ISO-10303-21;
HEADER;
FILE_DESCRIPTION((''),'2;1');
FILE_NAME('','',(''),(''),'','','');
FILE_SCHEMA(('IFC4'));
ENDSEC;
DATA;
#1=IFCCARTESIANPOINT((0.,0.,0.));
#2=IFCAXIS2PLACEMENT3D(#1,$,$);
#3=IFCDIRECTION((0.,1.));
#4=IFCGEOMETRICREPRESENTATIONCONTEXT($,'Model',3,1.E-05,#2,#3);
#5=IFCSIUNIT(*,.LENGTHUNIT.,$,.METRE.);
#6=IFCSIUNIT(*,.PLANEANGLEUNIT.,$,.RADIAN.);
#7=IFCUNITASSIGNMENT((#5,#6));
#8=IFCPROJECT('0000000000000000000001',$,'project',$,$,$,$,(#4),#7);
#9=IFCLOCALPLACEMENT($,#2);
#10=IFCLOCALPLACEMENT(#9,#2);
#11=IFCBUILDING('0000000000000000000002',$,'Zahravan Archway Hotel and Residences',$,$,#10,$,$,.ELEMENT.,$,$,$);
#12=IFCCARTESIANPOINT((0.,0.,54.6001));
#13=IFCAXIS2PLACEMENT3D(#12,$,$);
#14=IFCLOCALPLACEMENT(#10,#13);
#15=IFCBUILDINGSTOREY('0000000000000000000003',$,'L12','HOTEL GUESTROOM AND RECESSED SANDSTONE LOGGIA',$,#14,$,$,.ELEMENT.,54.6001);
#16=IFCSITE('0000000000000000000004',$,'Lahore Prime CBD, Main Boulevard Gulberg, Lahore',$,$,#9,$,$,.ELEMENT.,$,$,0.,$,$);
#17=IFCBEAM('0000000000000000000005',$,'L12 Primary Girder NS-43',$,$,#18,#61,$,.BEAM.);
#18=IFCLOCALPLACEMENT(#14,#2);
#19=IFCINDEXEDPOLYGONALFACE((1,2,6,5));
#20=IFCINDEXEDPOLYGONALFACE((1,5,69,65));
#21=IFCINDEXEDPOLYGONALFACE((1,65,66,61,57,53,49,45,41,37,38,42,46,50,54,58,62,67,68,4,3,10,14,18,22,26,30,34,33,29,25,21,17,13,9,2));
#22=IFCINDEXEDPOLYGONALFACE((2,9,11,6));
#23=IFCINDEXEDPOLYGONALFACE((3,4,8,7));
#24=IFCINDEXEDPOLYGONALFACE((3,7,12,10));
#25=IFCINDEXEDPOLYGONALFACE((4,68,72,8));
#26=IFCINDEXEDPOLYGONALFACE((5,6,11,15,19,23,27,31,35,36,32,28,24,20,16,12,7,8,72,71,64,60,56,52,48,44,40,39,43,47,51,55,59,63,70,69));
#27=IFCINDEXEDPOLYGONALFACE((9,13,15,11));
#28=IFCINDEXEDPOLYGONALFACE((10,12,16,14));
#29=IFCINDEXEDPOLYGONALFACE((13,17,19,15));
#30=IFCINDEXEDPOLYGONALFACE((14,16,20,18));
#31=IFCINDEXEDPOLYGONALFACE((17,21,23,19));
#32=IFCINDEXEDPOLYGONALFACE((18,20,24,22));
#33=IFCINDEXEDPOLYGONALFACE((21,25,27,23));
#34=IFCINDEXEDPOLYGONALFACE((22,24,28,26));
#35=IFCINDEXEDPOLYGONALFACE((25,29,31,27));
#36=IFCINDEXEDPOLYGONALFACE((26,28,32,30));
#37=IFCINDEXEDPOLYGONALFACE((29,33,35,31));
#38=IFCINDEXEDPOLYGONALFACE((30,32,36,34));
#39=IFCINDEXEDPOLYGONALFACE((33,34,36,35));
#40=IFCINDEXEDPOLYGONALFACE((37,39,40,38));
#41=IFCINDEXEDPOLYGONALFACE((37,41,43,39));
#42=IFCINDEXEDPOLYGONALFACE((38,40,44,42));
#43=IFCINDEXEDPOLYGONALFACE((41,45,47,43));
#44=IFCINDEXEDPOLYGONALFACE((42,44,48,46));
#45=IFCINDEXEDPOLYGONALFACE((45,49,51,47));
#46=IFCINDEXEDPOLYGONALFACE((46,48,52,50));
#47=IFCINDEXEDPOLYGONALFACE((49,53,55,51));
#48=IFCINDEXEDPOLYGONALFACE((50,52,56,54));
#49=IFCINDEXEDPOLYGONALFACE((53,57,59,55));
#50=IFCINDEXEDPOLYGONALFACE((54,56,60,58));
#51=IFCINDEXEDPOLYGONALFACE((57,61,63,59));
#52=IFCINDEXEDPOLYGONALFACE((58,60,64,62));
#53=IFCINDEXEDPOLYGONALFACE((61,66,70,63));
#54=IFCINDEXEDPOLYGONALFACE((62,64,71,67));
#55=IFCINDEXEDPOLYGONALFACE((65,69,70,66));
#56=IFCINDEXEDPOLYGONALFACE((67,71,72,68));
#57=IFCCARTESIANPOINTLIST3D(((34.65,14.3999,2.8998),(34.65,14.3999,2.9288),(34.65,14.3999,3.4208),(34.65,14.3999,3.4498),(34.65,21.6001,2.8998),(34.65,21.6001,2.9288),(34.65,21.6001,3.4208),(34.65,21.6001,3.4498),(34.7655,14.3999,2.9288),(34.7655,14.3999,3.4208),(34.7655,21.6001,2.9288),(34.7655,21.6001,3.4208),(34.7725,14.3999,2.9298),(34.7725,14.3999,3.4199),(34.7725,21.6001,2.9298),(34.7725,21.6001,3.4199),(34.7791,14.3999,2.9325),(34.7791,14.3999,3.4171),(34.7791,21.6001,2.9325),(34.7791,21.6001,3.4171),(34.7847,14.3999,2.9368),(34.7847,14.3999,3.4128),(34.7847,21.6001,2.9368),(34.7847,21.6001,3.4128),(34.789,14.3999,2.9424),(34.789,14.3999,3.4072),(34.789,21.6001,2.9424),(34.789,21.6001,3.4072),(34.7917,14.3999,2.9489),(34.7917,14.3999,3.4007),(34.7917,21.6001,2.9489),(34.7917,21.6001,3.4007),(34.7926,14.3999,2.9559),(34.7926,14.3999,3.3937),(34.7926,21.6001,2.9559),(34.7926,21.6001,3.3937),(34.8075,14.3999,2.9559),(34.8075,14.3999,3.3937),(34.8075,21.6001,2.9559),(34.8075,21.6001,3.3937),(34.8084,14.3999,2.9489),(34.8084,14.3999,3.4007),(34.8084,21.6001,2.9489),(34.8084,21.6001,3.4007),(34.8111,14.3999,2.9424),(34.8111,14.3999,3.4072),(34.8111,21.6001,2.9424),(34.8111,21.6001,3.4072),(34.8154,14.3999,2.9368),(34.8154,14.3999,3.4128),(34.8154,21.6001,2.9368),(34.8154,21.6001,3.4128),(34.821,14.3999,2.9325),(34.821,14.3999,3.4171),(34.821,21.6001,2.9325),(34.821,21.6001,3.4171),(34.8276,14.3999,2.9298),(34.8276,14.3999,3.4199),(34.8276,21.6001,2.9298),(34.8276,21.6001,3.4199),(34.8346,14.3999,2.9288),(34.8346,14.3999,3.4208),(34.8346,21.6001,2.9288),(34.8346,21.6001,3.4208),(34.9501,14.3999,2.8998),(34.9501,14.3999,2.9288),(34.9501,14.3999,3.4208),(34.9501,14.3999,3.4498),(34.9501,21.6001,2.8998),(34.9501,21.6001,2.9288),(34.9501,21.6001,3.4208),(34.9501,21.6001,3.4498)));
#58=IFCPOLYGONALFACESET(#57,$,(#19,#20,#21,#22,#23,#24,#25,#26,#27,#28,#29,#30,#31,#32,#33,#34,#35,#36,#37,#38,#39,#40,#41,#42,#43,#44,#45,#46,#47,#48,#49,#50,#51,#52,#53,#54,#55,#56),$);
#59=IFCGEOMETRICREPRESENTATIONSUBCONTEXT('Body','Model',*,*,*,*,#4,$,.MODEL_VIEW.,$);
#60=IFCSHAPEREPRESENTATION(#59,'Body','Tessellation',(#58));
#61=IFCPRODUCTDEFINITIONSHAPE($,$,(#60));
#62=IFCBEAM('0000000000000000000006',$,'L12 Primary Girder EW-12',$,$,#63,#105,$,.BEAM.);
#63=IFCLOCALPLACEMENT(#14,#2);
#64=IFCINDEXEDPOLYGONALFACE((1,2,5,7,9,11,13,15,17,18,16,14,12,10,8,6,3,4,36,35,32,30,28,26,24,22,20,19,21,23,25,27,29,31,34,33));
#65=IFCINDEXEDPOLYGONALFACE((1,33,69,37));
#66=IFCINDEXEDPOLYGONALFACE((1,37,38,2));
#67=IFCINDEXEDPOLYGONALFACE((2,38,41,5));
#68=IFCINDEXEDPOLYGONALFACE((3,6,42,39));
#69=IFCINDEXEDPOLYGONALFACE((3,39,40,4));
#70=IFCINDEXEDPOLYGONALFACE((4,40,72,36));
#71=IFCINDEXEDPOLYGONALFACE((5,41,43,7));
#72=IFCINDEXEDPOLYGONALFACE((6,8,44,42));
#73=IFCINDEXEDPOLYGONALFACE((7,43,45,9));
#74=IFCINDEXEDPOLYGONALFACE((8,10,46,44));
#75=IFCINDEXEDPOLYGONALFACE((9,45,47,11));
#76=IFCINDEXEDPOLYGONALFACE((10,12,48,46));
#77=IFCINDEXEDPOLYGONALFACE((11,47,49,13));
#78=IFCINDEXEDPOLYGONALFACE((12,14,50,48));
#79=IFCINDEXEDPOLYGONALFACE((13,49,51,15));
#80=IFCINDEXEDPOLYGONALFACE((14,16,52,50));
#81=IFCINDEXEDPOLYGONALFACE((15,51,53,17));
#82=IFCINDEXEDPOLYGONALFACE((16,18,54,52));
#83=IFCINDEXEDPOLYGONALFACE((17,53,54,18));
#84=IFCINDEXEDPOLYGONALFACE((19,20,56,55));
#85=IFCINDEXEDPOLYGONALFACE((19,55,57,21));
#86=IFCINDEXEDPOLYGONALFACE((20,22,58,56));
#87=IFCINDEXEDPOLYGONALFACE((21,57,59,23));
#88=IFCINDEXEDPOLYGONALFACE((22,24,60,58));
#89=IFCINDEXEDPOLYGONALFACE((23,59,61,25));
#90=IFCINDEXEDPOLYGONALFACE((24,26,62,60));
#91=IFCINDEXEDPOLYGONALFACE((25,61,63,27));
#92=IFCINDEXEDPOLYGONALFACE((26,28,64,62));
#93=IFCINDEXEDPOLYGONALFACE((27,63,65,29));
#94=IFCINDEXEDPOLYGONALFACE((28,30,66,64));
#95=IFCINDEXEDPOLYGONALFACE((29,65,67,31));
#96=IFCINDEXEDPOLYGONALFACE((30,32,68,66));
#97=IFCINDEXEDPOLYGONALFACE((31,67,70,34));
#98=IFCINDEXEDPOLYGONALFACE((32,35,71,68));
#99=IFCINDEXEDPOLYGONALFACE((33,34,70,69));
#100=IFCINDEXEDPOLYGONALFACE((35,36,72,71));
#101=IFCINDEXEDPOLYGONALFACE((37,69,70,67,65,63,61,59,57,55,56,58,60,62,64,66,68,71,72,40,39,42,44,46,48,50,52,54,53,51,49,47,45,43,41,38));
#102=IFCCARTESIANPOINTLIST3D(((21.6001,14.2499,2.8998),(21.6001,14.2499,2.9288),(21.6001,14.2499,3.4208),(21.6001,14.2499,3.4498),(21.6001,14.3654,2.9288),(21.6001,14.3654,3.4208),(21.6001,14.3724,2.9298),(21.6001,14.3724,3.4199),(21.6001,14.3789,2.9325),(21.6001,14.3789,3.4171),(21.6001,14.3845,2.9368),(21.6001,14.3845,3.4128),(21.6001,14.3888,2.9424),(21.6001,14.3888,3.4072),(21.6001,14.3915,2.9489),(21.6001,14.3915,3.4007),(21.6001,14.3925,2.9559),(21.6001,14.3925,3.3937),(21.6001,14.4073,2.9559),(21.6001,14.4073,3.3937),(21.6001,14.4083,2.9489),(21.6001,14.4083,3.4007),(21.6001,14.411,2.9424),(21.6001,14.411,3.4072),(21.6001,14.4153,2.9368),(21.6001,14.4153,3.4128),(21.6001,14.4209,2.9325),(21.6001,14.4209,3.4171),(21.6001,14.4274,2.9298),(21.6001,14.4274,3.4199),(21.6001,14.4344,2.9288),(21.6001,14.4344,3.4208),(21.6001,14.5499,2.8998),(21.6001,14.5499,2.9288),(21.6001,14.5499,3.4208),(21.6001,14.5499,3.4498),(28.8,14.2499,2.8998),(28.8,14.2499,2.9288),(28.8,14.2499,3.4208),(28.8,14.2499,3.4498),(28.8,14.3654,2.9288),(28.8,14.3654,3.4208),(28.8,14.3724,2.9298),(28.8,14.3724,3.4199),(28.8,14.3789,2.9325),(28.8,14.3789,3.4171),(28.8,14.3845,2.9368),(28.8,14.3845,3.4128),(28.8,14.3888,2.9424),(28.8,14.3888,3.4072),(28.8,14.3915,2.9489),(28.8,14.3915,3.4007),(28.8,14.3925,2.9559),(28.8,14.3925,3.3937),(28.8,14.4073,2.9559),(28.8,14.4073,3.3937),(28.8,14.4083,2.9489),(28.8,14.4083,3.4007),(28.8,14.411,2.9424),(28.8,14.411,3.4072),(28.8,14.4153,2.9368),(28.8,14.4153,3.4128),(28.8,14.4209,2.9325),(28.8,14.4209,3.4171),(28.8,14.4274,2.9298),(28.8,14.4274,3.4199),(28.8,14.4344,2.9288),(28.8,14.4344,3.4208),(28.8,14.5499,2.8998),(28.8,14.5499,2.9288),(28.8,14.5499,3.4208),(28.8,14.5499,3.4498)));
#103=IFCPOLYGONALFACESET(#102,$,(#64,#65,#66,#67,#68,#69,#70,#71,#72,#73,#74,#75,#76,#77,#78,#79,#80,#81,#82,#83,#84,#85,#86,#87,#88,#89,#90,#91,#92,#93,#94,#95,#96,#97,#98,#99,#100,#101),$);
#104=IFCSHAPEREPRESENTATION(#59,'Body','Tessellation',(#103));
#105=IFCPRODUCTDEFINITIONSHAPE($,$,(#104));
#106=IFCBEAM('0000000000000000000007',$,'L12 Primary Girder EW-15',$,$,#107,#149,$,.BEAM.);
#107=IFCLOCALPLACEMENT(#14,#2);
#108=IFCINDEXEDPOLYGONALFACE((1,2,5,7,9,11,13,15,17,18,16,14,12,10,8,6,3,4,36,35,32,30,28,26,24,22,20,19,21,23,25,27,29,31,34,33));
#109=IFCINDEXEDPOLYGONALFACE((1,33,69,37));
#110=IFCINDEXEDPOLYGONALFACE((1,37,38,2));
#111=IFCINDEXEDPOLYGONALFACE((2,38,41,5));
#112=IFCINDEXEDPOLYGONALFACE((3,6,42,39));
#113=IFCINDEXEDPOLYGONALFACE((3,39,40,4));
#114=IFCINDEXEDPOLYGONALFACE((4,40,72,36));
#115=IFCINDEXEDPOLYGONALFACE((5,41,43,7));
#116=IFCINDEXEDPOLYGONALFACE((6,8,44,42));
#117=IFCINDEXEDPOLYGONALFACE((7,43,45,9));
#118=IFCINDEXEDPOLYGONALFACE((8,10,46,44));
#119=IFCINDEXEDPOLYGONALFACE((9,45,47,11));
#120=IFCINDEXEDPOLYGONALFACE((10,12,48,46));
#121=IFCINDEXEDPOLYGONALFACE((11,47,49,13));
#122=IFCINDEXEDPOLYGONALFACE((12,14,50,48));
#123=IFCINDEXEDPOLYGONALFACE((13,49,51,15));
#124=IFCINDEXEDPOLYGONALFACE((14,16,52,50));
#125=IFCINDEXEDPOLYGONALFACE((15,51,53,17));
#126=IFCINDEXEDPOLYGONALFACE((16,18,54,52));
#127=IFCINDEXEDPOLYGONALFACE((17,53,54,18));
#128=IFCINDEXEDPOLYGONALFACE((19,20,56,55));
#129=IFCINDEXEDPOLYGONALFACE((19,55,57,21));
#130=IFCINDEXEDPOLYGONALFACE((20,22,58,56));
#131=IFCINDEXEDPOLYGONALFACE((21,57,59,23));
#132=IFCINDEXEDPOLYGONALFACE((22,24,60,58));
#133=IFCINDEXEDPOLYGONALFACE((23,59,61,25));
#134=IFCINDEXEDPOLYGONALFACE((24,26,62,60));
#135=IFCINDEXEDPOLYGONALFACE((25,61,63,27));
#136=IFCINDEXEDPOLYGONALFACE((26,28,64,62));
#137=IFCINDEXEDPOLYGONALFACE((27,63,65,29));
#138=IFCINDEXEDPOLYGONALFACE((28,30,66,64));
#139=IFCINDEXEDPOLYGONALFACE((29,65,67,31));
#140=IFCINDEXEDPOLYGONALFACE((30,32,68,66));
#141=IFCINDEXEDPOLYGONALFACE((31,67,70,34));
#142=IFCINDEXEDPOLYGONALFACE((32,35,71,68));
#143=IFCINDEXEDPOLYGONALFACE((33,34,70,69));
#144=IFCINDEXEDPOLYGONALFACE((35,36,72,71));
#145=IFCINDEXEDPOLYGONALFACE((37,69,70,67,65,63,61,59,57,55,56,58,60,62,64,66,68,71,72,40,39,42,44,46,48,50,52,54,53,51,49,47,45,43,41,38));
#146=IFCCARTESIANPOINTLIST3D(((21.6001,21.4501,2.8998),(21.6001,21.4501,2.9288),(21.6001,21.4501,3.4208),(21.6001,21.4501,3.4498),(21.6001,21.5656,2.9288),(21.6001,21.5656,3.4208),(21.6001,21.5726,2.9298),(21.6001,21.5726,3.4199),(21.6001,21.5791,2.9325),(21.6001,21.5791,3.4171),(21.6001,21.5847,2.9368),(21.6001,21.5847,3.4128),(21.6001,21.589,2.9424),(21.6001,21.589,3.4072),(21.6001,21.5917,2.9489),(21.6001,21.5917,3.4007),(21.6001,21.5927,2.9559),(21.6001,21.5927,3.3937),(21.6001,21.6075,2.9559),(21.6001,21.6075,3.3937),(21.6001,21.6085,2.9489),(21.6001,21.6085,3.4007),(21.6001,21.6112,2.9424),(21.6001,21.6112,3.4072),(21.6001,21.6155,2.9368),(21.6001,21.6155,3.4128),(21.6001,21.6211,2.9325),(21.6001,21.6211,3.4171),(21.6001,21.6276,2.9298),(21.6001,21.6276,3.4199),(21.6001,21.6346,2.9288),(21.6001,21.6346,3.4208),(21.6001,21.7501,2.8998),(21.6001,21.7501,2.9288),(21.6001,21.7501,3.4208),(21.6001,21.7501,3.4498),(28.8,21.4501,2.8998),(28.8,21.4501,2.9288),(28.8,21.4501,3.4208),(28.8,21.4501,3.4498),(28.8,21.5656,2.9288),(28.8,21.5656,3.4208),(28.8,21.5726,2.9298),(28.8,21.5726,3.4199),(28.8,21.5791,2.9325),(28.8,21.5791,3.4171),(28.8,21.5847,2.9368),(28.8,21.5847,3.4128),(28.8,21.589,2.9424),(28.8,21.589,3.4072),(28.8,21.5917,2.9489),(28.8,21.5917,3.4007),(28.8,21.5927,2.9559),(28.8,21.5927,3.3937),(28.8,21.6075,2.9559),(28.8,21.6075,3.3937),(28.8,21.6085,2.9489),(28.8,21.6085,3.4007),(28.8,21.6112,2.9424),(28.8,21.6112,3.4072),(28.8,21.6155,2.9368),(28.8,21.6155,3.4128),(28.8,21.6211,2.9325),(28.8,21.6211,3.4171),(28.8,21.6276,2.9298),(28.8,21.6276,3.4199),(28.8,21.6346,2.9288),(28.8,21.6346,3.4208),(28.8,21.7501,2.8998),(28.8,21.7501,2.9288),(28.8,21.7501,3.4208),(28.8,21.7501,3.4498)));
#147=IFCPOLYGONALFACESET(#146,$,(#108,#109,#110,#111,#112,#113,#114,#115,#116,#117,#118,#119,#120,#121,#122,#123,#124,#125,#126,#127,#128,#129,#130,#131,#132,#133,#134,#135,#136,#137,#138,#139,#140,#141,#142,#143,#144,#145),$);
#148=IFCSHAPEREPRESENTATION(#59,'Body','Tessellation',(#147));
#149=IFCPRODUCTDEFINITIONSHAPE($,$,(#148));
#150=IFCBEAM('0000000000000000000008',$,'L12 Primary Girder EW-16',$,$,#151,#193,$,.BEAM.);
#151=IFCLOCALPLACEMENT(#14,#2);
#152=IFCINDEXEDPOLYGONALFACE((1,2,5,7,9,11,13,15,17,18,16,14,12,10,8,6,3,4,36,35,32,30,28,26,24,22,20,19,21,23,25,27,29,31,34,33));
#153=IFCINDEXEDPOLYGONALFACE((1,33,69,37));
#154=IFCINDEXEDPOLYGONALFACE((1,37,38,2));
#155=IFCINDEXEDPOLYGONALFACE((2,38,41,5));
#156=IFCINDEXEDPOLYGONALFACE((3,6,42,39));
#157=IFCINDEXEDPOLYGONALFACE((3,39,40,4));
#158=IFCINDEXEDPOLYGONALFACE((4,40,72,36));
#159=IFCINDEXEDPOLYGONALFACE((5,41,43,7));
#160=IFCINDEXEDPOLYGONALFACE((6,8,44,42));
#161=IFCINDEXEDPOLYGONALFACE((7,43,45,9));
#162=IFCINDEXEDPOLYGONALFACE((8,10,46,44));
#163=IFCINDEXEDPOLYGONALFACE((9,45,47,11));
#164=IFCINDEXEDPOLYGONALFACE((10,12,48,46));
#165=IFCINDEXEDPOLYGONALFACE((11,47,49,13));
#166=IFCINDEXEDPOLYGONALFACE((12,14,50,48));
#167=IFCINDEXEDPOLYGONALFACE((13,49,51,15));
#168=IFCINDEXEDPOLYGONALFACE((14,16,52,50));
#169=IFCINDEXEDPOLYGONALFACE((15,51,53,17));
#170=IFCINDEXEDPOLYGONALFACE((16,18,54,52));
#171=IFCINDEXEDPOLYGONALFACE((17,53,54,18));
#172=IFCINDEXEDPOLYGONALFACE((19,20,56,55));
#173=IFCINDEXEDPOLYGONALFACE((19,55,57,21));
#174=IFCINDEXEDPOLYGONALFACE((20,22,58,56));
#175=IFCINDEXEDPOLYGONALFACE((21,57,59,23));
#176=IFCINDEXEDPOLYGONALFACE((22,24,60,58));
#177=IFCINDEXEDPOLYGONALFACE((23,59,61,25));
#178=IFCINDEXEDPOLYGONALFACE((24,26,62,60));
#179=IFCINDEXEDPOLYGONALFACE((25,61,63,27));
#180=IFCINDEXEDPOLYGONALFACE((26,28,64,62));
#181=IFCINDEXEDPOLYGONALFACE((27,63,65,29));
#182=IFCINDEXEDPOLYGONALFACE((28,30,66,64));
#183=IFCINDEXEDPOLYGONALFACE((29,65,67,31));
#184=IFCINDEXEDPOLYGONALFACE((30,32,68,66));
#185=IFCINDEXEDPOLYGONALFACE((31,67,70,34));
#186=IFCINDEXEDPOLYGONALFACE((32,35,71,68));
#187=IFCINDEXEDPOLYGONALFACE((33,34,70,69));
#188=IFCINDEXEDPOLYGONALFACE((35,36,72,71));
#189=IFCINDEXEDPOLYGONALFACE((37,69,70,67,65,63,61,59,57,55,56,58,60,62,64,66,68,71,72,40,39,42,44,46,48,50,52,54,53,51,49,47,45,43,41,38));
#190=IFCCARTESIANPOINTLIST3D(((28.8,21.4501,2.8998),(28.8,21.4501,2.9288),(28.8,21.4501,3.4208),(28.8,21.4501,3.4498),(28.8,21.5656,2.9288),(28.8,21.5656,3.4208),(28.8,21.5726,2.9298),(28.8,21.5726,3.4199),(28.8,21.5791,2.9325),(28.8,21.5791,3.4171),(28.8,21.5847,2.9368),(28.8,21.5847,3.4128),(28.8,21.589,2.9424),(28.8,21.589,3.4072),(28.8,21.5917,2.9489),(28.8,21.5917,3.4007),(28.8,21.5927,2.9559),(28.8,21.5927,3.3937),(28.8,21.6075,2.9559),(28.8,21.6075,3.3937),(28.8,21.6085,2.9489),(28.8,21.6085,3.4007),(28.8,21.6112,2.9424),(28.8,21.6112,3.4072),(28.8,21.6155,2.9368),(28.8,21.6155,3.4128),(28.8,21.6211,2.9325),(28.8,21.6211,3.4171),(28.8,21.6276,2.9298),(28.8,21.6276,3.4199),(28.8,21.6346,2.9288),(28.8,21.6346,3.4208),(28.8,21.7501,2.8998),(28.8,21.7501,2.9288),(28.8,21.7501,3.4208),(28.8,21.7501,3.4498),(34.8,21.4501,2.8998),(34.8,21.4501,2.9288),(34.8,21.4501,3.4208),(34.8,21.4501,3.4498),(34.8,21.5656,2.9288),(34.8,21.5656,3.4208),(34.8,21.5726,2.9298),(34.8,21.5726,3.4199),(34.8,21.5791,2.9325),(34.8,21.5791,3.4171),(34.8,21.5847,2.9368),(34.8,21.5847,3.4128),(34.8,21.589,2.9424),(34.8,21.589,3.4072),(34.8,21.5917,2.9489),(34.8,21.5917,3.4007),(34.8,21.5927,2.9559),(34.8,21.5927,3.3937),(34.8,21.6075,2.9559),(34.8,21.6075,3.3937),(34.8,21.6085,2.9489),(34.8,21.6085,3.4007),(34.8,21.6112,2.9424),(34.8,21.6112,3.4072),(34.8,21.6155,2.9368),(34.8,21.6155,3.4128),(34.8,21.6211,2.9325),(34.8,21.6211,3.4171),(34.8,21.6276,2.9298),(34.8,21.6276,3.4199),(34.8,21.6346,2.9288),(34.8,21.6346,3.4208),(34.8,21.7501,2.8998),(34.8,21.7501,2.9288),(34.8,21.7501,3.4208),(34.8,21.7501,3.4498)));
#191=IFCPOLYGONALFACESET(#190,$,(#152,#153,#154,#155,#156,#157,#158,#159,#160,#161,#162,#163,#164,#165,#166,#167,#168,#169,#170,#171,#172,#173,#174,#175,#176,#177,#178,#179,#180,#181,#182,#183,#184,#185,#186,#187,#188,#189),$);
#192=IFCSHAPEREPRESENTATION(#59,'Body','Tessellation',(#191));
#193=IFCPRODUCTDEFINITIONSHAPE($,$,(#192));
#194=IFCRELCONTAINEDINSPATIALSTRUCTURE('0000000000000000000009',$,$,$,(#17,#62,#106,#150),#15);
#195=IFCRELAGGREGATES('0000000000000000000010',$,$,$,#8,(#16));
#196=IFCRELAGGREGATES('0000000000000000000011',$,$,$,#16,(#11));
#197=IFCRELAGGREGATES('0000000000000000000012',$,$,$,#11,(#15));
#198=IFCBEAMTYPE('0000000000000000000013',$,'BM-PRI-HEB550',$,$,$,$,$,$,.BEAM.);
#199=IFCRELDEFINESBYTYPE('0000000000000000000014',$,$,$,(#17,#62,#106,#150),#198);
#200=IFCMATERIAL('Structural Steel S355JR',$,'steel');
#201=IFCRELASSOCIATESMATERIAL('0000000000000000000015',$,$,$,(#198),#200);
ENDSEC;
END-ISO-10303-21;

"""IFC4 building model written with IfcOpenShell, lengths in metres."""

from ifc_helpers import new_model, si_unit, direction, frame, origin, origin_2d, place, context, subcontext, project, spatial, i_section, extrude, source, transform, mapped, material, material_profile, profile_set, type_object, type_shapes, element, save


model = new_model("IFC4")

# Units and contexts
model_context = context("Model", 3, precision=1e-05, world=origin(), true_north=direction((0.0, 1.0)))
body_context = subcontext(model_context, "Body", "Model", "MODEL_VIEW")
ifc_project = project(units=[si_unit("LENGTHUNIT", "METRE"), si_unit("PLANEANGLEUNIT", "RADIAN")], contexts=[model_context])

# Site, building, storey
site_placement = place(None, origin())
site = spatial("IfcSite", under=ifc_project, at=site_placement, Name="Lahore Prime CBD, Main Boulevard Gulberg, Lahore", CompositionType="ELEMENT", RefElevation=0.0)
building_placement = place(site_placement, origin())
building = spatial("IfcBuilding", under=site, at=building_placement, Name="Zahravan Archway Hotel and Residences", CompositionType="ELEMENT")
storey_placement = place(building_placement, frame((0.0, 0.0, 54.6001)))
storey = spatial("IfcBuildingStorey", under=building, at=storey_placement, Name="L12", Description="HOTEL GUESTROOM AND RECESSED SANDSTONE LOGGIA", CompositionType="ELEMENT", Elevation=54.6001)

# Beams
ifc_material_1 = material(Name="Structural Steel S355JR", Category="steel")
ifc_material_profile_1 = material_profile(ifc_material_1, i_section(OverallWidth=0.3, OverallDepth=0.55, WebThickness=0.0149, FlangeThickness=0.0291, FilletRadius=0.0271, at=origin_2d()), Name="HEB 550", Category="steel")
ifc_profile_set_1 = profile_set([ifc_material_profile_1], Name="Structural Steel S355JR")
beam_type_1 = type_object("IfcBeamType", Name="BM-PRI-HEB550", PredefinedType="BEAM", material=ifc_profile_set_1)
shared_shape_1 = source(origin(), body_context, "Body", "SweptSolid", [
    extrude(i_section(OverallWidth=0.3, OverallDepth=0.55, WebThickness=0.0149, FlangeThickness=0.0291, FilletRadius=0.0271, at=origin_2d()), origin(), (0.0, 0.0, 1.0), 7.2002),
])
type_shapes(beam_type_1, [shared_shape_1])
for number, where, z_axis, x_axis, name in (
    (1, (34.8, 14.3999, 3.1748), (0.0, 1.0, 0.0), (-1.0, 0.0, 0.0), "L12 Primary Girder NS-43"),
):
    element("IfcBeam", number, at=place(storey_placement, frame(where, z_axis=z_axis, x_axis=x_axis)), inside=storey, type_object=beam_type_1, Name=name, PredefinedType="BEAM", context=body_context, shape_type="MappedRepresentation", body=[
        mapped(shared_shape_1, transform((0.0, 0.0, 0.0), scale=1.0)),
    ])
shared_shape_2 = source(origin(), body_context, "Body", "SweptSolid", [
    extrude(i_section(OverallWidth=0.3, OverallDepth=0.55, WebThickness=0.0149, FlangeThickness=0.0291, FilletRadius=0.0271, at=origin_2d()), origin(), (0.0, 0.0, 1.0), 7.2),
])
for number, where, z_axis, x_axis, name in (
    (2, (21.6001, 14.3999, 3.1748), (1.0, 0.0, 0.0), (0.0, 1.0, 0.0), "L12 Primary Girder EW-12"),
    (3, (21.6001, 21.6001, 3.1748), (1.0, 0.0, 0.0), (0.0, 1.0, 0.0), "L12 Primary Girder EW-15"),
):
    element("IfcBeam", number, at=place(storey_placement, frame(where, z_axis=z_axis, x_axis=x_axis)), inside=storey, type_object=beam_type_1, Name=name, PredefinedType="BEAM", context=body_context, shape_type="MappedRepresentation", body=[
        mapped(shared_shape_2, transform((0.0, 0.0, 0.0), scale=1.0)),
    ])
shared_shape_3 = source(origin(), body_context, "Body", "SweptSolid", [
    extrude(i_section(OverallWidth=0.3, OverallDepth=0.55, WebThickness=0.0149, FlangeThickness=0.0291, FilletRadius=0.0271, at=origin_2d()), origin(), (0.0, 0.0, 1.0), 6.0),
])
beam_1_placement = place(storey_placement, frame((28.8, 21.6001, 3.1748), z_axis=(1.0, 0.0, 0.0), x_axis=(0.0, 1.0, 0.0)))
element("IfcBeam", 4, at=beam_1_placement, inside=storey, type_object=beam_type_1, Name="L12 Primary Girder EW-16", PredefinedType="BEAM", context=body_context, shape_type="MappedRepresentation", body=[
    mapped(shared_shape_3, transform((0.0, 0.0, 0.0), scale=1.0)),
])

save(model, "model.ifc")
